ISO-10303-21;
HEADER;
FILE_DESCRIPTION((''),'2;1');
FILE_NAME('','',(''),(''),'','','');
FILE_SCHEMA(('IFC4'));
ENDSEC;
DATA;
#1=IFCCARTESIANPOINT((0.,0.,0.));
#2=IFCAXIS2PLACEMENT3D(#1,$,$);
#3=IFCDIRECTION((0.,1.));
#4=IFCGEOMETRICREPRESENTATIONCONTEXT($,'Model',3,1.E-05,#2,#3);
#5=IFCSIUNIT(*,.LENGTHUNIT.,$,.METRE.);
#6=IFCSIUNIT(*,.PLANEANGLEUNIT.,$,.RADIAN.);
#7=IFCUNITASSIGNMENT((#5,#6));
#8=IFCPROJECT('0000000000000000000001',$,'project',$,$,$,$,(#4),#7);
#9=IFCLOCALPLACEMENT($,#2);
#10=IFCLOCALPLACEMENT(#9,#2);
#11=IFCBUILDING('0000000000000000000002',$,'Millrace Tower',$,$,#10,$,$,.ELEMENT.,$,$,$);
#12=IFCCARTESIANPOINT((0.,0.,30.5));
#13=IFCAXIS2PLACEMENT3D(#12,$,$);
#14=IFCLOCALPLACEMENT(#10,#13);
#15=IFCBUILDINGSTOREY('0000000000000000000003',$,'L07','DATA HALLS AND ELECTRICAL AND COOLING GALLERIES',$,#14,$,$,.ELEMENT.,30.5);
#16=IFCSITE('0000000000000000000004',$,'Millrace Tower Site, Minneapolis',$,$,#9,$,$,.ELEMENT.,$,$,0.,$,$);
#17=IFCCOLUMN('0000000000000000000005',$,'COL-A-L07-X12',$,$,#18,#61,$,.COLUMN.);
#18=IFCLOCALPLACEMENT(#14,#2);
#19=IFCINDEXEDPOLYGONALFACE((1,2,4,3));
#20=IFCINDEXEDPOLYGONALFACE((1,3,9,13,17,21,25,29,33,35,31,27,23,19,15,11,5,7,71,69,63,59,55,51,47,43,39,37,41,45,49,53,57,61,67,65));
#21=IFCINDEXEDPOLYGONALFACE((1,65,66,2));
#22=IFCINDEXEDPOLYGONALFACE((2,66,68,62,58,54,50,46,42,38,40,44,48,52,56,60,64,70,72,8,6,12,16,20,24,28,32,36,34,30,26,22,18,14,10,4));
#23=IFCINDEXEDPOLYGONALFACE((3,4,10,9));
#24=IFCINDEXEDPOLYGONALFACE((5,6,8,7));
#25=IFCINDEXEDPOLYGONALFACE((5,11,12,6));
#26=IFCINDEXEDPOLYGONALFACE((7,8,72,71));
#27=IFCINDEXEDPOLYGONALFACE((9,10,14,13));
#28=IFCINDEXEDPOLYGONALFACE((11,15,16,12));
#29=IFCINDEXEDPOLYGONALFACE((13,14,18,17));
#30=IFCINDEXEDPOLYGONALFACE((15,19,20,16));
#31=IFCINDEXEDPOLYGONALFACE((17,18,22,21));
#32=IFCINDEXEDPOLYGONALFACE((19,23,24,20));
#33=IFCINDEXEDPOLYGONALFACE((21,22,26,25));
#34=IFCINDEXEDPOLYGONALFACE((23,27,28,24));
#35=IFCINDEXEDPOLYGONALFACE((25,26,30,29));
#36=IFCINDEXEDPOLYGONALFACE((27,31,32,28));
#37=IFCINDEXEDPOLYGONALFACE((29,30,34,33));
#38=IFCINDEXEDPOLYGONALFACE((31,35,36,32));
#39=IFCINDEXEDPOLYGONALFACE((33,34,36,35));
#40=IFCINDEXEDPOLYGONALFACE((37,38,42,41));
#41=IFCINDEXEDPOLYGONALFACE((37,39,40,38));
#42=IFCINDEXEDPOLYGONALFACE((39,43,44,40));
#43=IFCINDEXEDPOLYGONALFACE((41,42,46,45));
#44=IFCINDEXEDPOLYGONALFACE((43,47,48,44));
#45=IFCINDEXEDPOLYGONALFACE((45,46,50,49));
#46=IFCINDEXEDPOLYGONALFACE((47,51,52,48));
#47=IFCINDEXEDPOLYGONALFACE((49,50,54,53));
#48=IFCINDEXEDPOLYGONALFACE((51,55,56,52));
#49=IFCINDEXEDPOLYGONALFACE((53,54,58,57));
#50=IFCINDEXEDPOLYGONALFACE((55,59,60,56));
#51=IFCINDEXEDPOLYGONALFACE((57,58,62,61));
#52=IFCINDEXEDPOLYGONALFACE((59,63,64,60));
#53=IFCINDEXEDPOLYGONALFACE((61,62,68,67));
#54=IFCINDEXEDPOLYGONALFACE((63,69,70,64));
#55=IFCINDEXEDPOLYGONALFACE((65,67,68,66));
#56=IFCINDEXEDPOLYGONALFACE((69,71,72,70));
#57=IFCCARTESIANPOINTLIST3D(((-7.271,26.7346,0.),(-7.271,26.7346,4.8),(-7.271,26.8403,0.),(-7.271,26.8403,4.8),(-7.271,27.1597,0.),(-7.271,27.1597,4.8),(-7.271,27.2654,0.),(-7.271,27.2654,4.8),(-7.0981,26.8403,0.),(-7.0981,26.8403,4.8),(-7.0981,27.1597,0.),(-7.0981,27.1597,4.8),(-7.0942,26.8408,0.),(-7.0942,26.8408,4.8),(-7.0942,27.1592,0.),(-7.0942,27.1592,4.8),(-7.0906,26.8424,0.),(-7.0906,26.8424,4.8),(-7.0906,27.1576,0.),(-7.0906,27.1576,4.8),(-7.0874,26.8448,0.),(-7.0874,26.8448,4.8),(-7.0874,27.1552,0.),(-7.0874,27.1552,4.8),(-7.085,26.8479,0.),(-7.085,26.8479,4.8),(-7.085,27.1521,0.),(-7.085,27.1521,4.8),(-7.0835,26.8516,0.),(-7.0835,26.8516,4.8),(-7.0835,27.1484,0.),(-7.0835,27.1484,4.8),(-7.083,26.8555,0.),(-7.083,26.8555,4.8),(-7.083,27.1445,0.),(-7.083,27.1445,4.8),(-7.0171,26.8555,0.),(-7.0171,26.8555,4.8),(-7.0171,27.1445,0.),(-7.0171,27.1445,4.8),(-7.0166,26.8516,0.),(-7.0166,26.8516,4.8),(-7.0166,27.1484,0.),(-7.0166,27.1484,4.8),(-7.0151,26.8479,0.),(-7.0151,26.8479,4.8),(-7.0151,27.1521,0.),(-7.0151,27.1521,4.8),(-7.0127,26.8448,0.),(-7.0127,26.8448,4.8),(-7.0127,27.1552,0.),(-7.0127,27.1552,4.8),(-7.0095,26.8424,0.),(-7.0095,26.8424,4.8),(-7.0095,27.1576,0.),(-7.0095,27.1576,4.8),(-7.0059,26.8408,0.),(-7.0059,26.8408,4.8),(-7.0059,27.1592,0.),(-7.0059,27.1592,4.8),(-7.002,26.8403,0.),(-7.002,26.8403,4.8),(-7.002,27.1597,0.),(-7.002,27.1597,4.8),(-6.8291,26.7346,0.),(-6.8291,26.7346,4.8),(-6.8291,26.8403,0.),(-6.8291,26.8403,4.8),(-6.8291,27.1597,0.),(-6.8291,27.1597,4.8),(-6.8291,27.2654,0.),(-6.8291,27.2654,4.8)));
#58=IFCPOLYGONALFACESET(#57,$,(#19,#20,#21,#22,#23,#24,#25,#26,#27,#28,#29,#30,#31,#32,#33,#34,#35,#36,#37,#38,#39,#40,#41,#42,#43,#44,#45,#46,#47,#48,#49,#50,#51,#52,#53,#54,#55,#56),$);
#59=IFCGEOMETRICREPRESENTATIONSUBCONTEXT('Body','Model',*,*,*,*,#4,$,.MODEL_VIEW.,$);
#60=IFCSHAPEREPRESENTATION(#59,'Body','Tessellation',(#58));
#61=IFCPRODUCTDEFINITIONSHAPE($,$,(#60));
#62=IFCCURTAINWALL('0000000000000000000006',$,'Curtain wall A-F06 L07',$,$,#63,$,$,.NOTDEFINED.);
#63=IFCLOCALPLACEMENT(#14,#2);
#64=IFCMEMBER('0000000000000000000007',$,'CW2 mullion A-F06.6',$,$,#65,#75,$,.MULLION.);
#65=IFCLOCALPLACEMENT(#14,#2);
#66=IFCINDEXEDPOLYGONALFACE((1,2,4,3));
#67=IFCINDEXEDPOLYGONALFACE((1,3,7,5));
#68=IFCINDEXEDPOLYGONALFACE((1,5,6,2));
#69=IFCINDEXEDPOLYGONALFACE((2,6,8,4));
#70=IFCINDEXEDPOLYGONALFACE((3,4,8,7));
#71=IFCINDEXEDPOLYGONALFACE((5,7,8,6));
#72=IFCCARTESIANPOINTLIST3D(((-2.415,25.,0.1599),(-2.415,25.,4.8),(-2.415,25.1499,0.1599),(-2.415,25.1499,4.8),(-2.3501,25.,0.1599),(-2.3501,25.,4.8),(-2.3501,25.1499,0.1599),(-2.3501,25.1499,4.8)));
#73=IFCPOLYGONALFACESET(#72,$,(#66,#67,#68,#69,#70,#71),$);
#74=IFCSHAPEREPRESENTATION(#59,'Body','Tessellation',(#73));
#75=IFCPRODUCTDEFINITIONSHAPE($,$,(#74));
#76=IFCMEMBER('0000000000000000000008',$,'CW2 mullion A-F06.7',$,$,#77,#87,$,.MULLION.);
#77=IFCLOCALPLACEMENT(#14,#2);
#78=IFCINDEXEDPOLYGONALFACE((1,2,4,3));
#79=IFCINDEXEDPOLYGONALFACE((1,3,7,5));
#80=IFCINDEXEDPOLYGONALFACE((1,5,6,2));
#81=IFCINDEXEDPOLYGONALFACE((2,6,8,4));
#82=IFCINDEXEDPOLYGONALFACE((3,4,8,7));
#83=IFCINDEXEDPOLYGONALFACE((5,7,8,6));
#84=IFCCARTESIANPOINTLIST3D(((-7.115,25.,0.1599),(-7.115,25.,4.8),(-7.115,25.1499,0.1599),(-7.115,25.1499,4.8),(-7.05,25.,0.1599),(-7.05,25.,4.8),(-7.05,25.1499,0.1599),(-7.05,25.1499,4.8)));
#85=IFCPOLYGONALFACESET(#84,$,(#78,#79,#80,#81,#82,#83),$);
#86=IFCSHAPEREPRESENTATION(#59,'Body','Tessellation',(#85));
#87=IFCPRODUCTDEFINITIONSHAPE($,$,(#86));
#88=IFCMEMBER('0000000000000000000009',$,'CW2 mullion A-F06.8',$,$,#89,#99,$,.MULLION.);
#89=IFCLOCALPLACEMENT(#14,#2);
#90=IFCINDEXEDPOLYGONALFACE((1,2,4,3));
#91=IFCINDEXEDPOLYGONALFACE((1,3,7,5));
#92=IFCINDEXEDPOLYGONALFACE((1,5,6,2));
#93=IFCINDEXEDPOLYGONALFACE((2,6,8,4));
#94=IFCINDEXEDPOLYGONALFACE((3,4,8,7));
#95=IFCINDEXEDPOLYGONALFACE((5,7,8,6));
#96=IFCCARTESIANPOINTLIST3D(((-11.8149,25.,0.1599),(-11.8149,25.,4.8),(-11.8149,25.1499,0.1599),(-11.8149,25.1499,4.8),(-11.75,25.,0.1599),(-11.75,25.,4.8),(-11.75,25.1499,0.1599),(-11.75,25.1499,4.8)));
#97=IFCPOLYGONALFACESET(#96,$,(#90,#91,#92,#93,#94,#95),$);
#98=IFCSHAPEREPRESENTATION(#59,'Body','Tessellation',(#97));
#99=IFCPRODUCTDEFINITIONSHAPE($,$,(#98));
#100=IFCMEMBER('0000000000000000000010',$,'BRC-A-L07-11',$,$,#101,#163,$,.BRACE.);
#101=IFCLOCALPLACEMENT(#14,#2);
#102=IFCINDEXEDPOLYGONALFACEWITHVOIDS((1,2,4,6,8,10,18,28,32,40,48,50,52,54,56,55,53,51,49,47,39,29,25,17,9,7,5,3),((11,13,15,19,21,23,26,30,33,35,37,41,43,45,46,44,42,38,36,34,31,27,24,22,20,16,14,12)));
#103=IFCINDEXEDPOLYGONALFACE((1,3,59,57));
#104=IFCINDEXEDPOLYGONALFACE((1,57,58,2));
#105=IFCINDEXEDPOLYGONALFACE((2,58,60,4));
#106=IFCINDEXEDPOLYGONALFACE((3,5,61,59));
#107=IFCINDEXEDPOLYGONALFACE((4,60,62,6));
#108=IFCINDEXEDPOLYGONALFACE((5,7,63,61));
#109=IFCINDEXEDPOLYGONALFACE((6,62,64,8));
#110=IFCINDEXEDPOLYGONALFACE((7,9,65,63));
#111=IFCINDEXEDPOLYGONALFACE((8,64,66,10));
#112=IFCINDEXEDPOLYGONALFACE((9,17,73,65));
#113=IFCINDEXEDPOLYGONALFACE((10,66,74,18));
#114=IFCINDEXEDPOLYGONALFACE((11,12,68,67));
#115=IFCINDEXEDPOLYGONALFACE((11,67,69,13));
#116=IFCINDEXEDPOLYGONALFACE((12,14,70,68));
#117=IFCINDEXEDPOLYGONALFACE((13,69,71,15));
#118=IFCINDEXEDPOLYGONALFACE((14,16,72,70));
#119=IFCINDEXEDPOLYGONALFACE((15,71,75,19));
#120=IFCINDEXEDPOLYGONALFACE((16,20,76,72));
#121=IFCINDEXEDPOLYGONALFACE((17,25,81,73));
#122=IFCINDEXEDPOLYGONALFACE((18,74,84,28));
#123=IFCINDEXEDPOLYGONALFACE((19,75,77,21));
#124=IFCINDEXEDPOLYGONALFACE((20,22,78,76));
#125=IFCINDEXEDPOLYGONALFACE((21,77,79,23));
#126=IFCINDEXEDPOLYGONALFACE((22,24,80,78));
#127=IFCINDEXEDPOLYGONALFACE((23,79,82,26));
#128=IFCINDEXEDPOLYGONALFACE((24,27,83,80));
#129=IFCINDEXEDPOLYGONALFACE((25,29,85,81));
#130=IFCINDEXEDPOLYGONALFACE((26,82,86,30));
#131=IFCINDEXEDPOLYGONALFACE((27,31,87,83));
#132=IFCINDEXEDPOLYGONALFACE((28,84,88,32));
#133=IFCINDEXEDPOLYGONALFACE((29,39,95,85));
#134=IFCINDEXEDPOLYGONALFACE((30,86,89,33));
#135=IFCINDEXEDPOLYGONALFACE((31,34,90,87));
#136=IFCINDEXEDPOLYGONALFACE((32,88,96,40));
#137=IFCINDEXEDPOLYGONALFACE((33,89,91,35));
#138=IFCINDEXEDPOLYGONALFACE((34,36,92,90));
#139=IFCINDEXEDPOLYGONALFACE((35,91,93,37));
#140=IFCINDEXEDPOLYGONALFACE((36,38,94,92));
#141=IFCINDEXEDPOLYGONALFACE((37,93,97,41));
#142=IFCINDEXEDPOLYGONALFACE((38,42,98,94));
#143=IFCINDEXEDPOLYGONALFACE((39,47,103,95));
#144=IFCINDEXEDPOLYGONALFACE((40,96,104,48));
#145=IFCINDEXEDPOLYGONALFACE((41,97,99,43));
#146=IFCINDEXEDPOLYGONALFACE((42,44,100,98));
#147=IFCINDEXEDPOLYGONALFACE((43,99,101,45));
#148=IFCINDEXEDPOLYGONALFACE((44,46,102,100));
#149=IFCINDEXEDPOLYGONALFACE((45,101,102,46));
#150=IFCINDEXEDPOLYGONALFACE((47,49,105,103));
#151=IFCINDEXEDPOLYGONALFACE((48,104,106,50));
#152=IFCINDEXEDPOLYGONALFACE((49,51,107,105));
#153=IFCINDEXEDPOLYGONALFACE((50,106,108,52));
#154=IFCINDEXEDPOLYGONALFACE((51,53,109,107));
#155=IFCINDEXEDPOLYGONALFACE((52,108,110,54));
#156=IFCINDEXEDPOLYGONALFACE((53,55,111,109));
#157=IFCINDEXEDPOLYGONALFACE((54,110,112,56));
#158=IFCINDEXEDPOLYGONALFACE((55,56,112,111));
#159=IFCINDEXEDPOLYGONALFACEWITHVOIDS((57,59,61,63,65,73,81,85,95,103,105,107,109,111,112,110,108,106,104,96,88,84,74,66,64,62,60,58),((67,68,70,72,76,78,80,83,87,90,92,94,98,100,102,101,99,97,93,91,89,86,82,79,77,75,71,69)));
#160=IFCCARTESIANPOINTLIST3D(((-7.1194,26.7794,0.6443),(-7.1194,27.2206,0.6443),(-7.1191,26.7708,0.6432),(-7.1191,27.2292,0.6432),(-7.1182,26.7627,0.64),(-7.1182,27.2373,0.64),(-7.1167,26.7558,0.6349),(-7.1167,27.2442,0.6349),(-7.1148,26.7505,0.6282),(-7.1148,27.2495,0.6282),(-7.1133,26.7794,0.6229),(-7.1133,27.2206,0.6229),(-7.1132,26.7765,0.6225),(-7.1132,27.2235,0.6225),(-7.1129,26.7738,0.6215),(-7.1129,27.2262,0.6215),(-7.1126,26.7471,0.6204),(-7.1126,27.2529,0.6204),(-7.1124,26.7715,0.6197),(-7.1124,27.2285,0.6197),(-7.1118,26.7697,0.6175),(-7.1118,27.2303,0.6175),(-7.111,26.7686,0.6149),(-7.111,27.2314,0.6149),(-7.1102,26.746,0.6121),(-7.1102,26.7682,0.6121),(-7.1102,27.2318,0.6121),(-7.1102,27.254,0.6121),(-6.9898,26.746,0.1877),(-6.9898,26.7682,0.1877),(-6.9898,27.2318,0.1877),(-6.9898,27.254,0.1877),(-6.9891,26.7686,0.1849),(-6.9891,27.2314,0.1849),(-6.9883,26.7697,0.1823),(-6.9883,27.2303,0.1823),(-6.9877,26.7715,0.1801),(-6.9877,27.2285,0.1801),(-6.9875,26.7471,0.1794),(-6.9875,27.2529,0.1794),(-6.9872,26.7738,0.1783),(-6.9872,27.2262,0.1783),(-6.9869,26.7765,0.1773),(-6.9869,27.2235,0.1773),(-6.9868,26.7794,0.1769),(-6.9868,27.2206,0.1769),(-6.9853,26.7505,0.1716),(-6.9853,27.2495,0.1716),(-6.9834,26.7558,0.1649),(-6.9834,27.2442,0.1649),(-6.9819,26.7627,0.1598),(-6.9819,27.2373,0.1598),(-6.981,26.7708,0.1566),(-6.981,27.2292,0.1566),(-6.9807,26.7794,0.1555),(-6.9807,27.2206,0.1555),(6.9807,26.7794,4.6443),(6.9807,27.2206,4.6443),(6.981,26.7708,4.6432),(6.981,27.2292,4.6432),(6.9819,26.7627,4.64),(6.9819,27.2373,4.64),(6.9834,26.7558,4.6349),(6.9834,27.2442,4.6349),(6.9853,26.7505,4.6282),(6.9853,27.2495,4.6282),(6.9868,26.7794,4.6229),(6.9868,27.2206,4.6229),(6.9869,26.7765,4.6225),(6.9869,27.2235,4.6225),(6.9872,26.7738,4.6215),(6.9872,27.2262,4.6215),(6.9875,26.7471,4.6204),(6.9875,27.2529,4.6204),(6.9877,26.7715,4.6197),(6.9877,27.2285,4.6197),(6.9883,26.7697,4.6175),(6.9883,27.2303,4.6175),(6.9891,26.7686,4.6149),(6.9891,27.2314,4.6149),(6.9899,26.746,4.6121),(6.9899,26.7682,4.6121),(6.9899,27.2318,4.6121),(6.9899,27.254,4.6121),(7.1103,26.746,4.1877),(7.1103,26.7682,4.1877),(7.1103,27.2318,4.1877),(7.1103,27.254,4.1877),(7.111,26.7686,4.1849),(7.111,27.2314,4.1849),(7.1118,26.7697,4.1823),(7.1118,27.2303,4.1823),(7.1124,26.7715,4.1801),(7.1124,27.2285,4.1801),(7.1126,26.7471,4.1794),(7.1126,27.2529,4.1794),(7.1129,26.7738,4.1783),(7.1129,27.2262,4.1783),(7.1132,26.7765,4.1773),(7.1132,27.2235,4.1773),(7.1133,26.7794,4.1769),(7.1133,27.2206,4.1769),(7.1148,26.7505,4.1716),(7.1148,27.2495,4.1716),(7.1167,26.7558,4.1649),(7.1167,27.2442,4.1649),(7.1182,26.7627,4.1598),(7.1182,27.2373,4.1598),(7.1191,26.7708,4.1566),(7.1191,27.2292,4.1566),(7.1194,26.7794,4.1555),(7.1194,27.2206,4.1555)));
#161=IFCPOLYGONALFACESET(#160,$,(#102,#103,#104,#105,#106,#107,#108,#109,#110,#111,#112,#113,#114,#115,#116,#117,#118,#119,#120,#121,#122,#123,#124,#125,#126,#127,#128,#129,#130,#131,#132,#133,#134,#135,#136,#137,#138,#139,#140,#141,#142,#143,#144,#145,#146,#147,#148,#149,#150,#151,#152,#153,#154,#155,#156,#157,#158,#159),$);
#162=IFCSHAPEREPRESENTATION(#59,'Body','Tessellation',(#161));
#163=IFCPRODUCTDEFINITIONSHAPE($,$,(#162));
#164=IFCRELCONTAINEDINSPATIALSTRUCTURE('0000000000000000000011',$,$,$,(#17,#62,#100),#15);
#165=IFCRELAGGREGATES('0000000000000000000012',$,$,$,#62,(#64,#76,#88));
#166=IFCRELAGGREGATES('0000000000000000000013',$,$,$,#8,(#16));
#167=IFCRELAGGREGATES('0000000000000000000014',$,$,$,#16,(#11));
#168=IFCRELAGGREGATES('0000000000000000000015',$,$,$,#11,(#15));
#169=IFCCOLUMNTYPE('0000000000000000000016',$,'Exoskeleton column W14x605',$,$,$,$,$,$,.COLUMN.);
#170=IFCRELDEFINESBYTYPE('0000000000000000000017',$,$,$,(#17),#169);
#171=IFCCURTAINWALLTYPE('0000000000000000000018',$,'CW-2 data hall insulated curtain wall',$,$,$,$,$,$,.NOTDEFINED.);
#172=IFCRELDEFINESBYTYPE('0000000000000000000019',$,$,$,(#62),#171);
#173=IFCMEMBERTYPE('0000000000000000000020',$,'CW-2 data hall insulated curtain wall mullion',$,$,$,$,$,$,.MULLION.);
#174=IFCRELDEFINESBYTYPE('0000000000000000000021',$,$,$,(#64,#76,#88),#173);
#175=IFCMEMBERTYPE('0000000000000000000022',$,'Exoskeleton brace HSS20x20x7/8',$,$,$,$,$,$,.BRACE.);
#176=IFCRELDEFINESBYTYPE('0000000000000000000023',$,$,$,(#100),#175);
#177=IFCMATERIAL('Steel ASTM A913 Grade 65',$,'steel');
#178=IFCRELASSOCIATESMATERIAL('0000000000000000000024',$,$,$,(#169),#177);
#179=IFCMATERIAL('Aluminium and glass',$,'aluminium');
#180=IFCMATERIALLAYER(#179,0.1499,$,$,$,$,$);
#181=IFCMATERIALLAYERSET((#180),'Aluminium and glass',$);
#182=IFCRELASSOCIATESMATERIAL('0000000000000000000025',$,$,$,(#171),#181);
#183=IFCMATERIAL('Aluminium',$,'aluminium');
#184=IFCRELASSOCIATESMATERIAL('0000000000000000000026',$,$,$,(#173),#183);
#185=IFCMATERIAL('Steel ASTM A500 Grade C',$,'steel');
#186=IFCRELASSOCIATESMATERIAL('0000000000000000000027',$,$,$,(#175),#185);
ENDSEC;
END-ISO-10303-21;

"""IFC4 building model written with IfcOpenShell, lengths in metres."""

from ifc_helpers import new_model, si_unit, direction, frame, origin, origin_2d, place, context, subcontext, project, spatial, rectangle, hollow_rectangle, i_section, extrude, material, layer, layer_set, material_profile, profile_set, type_object, element, aggregate, save


model = new_model("IFC4")

# Units and contexts
model_context = context("Model", 3, precision=1e-05, world=origin(), true_north=direction((0.0, 1.0)))
body_context = subcontext(model_context, "Body", "Model", "MODEL_VIEW")
ifc_project = project(units=[si_unit("LENGTHUNIT", "METRE"), si_unit("PLANEANGLEUNIT", "RADIAN")], contexts=[model_context])

# Site, building, storey
site_placement = place(None, origin())
site = spatial("IfcSite", under=ifc_project, at=site_placement, Name="Millrace Tower Site, Minneapolis", CompositionType="ELEMENT", RefElevation=0.0)
building_placement = place(site_placement, origin())
building = spatial("IfcBuilding", under=site, at=building_placement, Name="Millrace Tower", CompositionType="ELEMENT")
storey_placement = place(building_placement, frame((0.0, 0.0, 30.5)))
storey = spatial("IfcBuildingStorey", under=building, at=storey_placement, Name="L07", Description="DATA HALLS AND ELECTRICAL AND COOLING GALLERIES", CompositionType="ELEMENT", Elevation=30.5)

# Column
ifc_material_1 = material(Name="Steel ASTM A913 Grade 65", Category="steel")
ifc_material_profile_1 = material_profile(ifc_material_1, i_section(OverallWidth=0.4419, OverallDepth=0.5308, WebThickness=0.0659, FlangeThickness=0.1057, FilletRadius=0.0151, at=origin_2d()))
ifc_profile_set_1 = profile_set([ifc_material_profile_1], Name="Steel ASTM A913 Grade 65")
column_type = type_object("IfcColumnType", Name="Exoskeleton column W14x605", PredefinedType="COLUMN", material=ifc_profile_set_1)
column_placement = place(storey_placement, frame((-7.05, 27.0, 0.0), z_axis=(0.0, 0.0, 1.0), x_axis=(-1.0, 0.0, 0.0)))
element("IfcColumn", 1, at=column_placement, inside=storey, type_object=column_type, Name="COL-A-L07-X12", PredefinedType="COLUMN", context=body_context, shape_type="SweptSolid", body=[
    extrude(i_section(OverallWidth=0.4419, OverallDepth=0.5308, WebThickness=0.0659, FlangeThickness=0.1057, FilletRadius=0.0151, at=origin_2d()), origin(), (0.0, 0.0, 1.0), 4.8),
])

# Curtain wall, members
ifc_material_2 = material(Name="Aluminium and glass", Category="aluminium")
ifc_layer_1 = layer(ifc_material_2, 0.1499)
ifc_layer_set_1 = layer_set([ifc_layer_1], Name="Aluminium and glass")
curtain_wall_type = type_object("IfcCurtainWallType", Name="CW-2 data hall insulated curtain wall", PredefinedType="NOTDEFINED", material=ifc_layer_set_1)
placement = place(storey_placement, origin())
curtain_wall = element("IfcCurtainWall", 2, at=placement, inside=storey, type_object=curtain_wall_type, Name="Curtain wall A-F06 L07", PredefinedType="NOTDEFINED")
ifc_material_3 = material(Name="Aluminium", Category="aluminium")
ifc_material_profile_2 = material_profile(ifc_material_3, rectangle(XDim=0.0649, YDim=0.1499, at=origin_2d()))
ifc_profile_set_2 = profile_set([ifc_material_profile_2], Name="Aluminium")
member_type_1 = type_object("IfcMemberType", Name="CW-2 data hall insulated curtain wall mullion", PredefinedType="MULLION", material=ifc_profile_set_2)
member_1_placement = place(storey_placement, frame((-2.3826, 25.075, 0.1599), z_axis=(0.0, 0.0, 1.0), x_axis=(-1.0, 0.0, 0.0)))
member_1 = element("IfcMember", 3, at=member_1_placement, type_object=member_type_1, Name="CW2 mullion A-F06.6", PredefinedType="MULLION", context=body_context, shape_type="SweptSolid", body=[
    extrude(rectangle(XDim=0.0649, YDim=0.1499, at=origin_2d()), origin(), (0.0, 0.0, 1.0), 4.6401),
])
member_2_placement = place(storey_placement, frame((-7.0825, 25.075, 0.1599), z_axis=(0.0, 0.0, 1.0), x_axis=(-1.0, 0.0, 0.0)))
member_2 = element("IfcMember", 4, at=member_2_placement, type_object=member_type_1, Name="CW2 mullion A-F06.7", PredefinedType="MULLION", context=body_context, shape_type="SweptSolid", body=[
    extrude(rectangle(XDim=0.0649, YDim=0.1499, at=origin_2d()), origin(), (0.0, 0.0, 1.0), 4.6401),
])
member_3_placement = place(storey_placement, frame((-11.7825, 25.075, 0.1599), z_axis=(0.0, 0.0, 1.0), x_axis=(-1.0, 0.0, 0.0)))
member_3 = element("IfcMember", 5, at=member_3_placement, type_object=member_type_1, Name="CW2 mullion A-F06.8", PredefinedType="MULLION", context=body_context, shape_type="SweptSolid", body=[
    extrude(rectangle(XDim=0.0649, YDim=0.1499, at=origin_2d()), origin(), (0.0, 0.0, 1.0), 4.6401),
])
aggregate(curtain_wall, [member_1, member_2, member_3])

# Member
ifc_material_4 = material(Name="Steel ASTM A500 Grade C", Category="steel")
ifc_material_profile_3 = material_profile(ifc_material_4, hollow_rectangle(XDim=0.5081, YDim=0.5081, WallThickness=0.0222, InnerFilletRadius=0.0112, OuterFilletRadius=0.0334, at=origin_2d()))
ifc_profile_set_3 = profile_set([ifc_material_profile_3], Name="Steel ASTM A500 Grade C")
member_type_2 = type_object("IfcMemberType", Name="Exoskeleton brace HSS20x20x7/8", PredefinedType="BRACE", material=ifc_profile_set_3)
member_4_placement = place(storey_placement, frame((-7.05, 27.0, 0.3999), z_axis=(0.962038, 0.0, 0.272917), x_axis=(0.0, 1.0, 0.0)))
element("IfcMember", 6, at=member_4_placement, inside=storey, type_object=member_type_2, Name="BRC-A-L07-11", PredefinedType="BRACE", context=body_context, shape_type="SweptSolid", body=[
    extrude(hollow_rectangle(XDim=0.5081, YDim=0.5081, WallThickness=0.0222, InnerFilletRadius=0.0112, OuterFilletRadius=0.0334, at=origin_2d()), origin(), (0.0, 0.0, 1.0), 14.6565),
])

save(model, "model.ifc")
